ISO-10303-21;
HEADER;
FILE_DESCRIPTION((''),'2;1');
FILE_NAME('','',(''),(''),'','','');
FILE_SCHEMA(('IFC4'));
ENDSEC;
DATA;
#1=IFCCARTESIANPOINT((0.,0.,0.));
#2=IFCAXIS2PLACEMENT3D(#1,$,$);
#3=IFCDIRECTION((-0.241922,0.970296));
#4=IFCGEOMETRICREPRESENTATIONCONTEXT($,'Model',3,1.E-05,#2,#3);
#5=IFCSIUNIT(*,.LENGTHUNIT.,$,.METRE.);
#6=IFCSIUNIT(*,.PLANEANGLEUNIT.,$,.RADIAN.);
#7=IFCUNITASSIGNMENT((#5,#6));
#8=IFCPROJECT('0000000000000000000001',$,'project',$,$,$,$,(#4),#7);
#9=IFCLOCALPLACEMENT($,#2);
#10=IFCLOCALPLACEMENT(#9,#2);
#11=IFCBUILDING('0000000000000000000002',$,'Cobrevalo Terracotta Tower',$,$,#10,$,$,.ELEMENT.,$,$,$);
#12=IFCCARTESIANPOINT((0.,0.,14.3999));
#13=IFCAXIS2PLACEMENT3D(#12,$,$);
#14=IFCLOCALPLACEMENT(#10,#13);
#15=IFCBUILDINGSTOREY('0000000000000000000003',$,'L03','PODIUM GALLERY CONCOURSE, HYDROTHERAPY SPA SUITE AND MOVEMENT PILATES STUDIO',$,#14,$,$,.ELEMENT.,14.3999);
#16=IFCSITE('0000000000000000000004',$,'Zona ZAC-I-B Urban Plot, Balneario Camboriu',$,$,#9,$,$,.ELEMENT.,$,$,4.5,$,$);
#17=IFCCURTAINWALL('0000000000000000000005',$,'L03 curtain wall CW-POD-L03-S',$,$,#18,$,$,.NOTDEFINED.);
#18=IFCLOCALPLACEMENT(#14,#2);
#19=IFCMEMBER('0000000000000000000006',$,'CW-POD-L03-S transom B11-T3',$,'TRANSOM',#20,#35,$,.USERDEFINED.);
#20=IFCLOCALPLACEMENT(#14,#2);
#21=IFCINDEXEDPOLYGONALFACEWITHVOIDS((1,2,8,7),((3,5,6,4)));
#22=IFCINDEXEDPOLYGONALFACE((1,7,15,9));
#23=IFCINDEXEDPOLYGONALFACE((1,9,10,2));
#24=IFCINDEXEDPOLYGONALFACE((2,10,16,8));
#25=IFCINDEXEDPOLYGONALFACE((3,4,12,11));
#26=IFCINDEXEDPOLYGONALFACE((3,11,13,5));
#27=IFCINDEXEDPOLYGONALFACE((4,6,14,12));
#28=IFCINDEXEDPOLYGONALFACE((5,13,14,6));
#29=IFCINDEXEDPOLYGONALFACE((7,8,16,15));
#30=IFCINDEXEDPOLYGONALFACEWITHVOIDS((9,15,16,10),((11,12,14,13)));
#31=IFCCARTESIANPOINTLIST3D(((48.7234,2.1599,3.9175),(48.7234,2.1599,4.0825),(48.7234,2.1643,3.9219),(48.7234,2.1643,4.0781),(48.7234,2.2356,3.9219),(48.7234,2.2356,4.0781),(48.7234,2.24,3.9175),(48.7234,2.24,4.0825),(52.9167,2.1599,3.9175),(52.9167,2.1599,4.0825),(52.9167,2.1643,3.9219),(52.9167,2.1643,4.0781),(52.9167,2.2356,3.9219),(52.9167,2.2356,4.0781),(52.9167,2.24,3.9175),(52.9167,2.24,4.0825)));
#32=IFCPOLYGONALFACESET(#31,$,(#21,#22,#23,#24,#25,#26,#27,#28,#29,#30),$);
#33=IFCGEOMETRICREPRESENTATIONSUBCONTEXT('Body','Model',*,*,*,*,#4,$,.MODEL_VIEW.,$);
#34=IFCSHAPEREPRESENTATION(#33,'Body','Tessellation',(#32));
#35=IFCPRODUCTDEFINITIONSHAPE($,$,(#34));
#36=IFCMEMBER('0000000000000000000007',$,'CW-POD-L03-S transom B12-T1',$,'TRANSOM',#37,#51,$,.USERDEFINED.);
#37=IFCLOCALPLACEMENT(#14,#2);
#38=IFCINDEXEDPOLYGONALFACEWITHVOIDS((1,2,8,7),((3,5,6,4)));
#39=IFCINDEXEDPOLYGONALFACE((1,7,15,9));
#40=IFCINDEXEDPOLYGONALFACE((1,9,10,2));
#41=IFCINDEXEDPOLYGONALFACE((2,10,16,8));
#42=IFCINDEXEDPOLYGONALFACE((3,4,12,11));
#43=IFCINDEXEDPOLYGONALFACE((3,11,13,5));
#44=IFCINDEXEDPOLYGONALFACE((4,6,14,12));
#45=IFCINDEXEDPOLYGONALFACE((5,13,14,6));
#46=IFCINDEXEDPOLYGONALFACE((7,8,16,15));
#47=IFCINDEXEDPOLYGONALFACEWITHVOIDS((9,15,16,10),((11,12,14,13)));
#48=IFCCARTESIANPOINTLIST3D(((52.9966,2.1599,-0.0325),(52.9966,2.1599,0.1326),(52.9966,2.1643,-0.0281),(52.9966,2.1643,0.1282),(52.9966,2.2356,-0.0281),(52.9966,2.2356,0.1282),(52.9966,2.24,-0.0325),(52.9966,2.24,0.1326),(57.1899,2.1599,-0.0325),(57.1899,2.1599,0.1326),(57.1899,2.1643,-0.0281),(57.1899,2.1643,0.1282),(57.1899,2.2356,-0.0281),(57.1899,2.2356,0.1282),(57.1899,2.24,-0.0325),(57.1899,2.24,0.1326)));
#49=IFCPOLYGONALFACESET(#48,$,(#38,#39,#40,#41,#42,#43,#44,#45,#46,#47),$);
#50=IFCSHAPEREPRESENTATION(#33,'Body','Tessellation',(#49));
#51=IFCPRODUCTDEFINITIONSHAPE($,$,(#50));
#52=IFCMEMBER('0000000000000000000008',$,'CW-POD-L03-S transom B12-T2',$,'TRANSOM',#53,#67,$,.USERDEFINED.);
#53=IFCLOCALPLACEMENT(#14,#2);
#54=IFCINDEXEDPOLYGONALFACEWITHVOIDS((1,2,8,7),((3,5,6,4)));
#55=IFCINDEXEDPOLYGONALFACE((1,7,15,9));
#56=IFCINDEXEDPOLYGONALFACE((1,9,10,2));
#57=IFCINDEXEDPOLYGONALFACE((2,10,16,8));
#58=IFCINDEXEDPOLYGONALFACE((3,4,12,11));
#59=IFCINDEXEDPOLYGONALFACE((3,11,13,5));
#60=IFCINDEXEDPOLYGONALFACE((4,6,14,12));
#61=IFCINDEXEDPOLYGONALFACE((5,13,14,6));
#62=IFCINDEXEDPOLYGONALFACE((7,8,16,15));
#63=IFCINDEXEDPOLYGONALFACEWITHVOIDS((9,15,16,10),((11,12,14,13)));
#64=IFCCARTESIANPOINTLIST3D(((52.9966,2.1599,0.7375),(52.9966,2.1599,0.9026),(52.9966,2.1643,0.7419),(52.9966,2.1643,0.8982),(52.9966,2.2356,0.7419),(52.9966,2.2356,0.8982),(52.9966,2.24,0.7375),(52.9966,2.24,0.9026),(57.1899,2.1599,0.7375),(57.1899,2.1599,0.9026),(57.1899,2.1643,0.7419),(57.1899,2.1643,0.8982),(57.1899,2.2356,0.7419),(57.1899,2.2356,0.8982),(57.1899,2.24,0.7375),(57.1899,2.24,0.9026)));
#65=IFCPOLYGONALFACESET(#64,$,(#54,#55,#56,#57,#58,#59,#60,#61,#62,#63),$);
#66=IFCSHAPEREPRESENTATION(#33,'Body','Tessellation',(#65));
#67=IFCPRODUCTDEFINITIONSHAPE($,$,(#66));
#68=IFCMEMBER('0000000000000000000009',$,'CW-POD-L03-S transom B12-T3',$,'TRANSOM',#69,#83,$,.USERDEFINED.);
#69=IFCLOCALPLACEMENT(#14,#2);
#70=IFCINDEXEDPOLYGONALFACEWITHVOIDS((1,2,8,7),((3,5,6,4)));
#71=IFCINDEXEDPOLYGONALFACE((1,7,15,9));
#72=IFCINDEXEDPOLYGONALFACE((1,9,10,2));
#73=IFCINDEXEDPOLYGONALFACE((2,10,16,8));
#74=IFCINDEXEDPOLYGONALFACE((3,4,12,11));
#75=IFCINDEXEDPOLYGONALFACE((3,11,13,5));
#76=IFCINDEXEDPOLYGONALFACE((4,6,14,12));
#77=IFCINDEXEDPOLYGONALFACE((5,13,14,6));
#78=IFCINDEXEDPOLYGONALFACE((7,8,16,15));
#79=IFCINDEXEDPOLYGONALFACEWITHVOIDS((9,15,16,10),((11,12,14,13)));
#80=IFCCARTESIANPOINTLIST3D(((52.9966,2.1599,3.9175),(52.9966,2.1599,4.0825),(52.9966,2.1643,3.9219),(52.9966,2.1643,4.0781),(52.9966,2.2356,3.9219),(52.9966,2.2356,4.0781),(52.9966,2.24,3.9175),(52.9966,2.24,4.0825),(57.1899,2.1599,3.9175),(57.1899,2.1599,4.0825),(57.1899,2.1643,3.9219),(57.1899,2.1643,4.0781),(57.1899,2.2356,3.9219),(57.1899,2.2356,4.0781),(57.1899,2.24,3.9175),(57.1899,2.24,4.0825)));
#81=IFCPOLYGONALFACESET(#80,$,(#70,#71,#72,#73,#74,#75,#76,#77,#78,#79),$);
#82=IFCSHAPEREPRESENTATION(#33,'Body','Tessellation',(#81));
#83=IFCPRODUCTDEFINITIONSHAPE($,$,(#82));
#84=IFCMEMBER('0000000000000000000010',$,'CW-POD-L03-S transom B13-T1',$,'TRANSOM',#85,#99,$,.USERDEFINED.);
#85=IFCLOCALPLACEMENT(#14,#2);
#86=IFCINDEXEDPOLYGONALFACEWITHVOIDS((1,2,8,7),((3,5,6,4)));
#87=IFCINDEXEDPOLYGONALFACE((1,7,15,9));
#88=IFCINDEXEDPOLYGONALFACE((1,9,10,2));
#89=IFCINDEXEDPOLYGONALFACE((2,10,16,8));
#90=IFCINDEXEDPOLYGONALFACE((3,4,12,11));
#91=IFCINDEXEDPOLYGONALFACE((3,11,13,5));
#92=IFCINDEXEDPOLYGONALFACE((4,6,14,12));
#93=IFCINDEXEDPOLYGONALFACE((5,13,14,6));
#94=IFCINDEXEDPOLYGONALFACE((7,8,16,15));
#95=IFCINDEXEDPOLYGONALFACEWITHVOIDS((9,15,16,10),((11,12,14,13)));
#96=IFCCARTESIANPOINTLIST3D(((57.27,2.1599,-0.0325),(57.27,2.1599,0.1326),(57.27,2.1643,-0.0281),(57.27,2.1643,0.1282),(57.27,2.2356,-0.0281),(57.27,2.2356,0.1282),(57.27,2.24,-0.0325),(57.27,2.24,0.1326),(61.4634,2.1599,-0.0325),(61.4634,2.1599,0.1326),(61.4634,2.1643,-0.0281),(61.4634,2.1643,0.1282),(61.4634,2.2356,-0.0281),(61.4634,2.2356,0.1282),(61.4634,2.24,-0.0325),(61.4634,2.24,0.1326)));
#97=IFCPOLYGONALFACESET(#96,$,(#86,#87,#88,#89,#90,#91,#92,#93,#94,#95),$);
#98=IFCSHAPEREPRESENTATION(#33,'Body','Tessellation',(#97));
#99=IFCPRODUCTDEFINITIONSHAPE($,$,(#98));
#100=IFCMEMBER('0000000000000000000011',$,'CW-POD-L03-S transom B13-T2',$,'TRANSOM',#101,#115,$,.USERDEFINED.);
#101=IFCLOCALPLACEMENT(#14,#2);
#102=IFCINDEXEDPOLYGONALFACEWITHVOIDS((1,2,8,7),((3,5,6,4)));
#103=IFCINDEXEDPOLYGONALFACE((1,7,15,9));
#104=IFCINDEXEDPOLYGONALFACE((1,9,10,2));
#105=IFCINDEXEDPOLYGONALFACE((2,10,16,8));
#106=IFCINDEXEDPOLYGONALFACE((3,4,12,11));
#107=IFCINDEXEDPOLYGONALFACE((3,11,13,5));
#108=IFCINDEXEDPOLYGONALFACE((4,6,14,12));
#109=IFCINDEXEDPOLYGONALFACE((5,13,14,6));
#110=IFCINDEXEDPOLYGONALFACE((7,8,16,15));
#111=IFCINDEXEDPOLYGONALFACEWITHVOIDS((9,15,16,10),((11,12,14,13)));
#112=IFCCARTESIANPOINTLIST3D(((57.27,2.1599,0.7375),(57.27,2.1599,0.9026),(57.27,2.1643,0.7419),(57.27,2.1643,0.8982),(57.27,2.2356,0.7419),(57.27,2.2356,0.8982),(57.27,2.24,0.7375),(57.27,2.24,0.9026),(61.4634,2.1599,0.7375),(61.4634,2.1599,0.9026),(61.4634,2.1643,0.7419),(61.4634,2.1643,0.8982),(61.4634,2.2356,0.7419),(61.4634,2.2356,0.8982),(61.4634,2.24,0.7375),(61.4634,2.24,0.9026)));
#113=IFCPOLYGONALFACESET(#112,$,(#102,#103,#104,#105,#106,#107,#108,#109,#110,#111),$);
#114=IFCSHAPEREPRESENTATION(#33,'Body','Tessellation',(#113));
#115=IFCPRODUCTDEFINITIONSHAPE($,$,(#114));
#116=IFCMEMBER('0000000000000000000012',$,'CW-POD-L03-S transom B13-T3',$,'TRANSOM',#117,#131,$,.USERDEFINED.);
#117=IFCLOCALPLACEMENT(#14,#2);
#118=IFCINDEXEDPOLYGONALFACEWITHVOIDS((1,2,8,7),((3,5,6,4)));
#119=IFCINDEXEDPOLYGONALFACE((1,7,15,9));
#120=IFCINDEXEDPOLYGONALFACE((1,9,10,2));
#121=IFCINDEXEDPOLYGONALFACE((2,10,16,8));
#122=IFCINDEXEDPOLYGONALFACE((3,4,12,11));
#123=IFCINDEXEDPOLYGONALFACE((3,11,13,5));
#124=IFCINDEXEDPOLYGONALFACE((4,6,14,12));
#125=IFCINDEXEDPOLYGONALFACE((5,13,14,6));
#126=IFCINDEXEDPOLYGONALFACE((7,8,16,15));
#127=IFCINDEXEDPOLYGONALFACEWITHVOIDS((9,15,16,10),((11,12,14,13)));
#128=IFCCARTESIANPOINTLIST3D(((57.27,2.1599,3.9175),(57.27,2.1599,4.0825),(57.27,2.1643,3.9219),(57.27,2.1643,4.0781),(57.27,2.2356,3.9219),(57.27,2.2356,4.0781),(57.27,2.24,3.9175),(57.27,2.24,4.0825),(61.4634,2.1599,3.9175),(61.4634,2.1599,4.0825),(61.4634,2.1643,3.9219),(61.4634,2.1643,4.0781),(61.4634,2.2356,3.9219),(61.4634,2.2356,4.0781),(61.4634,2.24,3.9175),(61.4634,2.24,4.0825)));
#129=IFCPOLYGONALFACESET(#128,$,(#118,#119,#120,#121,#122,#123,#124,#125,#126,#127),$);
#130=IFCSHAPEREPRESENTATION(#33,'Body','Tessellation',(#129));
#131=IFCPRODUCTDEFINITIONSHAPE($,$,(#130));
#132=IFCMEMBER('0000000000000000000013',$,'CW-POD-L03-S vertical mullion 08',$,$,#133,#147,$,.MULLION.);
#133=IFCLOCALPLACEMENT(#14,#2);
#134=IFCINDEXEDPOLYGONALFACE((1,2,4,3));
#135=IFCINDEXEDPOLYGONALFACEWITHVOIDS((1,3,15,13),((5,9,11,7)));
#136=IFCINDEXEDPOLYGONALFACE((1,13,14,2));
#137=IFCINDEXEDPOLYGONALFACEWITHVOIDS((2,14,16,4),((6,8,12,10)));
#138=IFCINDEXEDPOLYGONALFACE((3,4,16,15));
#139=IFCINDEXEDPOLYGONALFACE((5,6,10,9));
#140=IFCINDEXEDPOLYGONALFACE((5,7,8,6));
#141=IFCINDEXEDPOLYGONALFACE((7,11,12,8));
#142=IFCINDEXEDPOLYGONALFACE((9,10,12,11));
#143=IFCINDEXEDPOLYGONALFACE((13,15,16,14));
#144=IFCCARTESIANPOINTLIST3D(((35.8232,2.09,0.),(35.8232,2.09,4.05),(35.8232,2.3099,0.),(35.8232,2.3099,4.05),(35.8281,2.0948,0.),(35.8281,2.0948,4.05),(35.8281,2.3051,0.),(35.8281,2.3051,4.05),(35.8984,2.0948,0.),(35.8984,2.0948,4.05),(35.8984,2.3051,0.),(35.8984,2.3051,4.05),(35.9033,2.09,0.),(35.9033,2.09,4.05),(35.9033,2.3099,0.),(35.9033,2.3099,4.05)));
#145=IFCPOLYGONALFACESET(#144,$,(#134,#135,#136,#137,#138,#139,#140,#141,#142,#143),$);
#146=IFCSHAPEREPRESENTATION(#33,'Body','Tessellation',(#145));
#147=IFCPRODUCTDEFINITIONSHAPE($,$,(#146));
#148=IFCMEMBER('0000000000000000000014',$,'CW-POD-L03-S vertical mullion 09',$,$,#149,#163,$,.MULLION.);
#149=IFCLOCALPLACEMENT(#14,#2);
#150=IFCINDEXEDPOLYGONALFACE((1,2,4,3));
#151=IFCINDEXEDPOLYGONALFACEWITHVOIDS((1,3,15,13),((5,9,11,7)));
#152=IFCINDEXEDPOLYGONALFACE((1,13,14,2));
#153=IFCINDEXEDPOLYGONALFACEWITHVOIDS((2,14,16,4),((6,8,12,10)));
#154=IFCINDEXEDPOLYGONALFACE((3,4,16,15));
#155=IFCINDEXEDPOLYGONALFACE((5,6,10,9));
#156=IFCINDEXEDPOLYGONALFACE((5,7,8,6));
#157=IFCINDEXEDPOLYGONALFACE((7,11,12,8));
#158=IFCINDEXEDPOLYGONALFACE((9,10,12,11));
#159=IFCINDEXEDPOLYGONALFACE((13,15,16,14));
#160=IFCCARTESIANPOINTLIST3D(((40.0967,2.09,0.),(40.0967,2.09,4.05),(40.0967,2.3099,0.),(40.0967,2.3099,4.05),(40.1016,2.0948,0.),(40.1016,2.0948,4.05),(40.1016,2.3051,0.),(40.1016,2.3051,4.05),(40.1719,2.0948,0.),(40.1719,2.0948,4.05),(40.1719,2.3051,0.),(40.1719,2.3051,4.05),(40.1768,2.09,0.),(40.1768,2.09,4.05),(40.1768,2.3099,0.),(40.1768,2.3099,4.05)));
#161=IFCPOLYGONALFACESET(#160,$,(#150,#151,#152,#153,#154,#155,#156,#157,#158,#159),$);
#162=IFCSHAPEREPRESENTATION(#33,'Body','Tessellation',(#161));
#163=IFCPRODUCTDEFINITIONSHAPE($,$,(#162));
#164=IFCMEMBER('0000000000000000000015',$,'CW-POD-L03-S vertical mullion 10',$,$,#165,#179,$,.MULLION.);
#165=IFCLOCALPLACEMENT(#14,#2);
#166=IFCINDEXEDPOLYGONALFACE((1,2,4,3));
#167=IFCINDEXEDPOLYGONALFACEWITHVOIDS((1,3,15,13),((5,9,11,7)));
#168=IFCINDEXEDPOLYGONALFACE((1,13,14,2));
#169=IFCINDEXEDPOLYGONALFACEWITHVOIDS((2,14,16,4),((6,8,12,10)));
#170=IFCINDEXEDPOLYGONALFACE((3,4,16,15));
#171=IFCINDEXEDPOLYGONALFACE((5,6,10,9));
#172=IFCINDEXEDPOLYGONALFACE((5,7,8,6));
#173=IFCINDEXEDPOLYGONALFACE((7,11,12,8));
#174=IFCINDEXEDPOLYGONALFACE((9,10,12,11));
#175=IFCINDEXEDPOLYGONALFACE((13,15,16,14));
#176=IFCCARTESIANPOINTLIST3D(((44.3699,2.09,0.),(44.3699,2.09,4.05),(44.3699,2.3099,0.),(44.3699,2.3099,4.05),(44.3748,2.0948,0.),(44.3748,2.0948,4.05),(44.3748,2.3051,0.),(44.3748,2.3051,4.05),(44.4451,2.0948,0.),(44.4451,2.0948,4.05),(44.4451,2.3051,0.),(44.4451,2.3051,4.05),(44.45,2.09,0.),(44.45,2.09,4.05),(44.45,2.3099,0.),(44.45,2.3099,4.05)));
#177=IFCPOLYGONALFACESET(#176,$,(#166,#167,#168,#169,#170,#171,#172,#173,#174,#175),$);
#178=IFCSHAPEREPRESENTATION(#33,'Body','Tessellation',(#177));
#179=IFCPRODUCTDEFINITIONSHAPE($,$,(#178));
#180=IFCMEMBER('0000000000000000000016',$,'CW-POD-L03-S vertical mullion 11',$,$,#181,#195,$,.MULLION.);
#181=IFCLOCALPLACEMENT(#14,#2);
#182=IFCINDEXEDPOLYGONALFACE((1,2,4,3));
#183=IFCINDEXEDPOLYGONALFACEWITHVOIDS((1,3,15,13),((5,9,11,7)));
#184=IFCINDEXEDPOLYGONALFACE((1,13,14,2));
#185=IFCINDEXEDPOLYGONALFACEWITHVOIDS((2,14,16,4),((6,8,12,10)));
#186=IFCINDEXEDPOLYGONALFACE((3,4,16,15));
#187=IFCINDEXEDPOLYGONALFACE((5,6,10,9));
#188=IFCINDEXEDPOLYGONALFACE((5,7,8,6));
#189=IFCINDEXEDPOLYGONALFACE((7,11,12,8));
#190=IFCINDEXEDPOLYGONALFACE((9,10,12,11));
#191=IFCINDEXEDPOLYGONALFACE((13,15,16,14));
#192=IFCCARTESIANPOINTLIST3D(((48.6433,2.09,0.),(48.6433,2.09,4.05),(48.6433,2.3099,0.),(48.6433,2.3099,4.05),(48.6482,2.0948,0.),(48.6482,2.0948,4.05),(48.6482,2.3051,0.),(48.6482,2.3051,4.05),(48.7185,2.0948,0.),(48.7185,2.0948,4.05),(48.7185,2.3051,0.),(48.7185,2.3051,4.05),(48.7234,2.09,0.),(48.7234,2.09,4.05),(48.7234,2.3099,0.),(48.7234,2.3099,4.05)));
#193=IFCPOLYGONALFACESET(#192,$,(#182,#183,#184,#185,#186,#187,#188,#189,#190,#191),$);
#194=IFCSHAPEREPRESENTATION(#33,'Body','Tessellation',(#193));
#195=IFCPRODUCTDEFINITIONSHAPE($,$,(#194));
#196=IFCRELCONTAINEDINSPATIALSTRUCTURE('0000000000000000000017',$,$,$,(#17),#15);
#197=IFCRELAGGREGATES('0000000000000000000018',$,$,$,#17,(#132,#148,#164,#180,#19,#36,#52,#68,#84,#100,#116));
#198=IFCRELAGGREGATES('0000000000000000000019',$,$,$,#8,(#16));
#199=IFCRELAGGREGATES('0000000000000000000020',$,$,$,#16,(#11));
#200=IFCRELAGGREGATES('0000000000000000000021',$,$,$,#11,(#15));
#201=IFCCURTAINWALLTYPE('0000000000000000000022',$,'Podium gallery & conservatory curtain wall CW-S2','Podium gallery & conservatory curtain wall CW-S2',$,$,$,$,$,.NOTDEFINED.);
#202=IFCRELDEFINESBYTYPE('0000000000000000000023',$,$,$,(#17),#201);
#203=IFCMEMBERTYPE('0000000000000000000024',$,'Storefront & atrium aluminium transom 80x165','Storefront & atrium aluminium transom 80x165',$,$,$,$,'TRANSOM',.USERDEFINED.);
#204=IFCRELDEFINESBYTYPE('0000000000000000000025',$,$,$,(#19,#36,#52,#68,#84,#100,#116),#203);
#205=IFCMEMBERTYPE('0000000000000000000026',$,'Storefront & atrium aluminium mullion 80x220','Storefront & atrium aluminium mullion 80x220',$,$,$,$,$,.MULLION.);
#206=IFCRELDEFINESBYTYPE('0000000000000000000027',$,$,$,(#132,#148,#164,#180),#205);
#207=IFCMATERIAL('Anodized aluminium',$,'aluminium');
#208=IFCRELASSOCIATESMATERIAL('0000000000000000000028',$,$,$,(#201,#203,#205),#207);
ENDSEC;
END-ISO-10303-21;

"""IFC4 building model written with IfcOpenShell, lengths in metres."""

from ifc_helpers import new_model, si_unit, direction, frame, origin, origin_2d, place, context, subcontext, project, spatial, hollow_rectangle, extrude, source, transform, mapped, material, material_profile, profile_set, type_object, element, aggregate, save


model = new_model("IFC4")

# Units and contexts
model_context = context("Model", 3, precision=1e-05, world=origin(), true_north=direction((-0.241922, 0.970296)))
body_context = subcontext(model_context, "Body", "Model", "MODEL_VIEW")
ifc_project = project(units=[si_unit("LENGTHUNIT", "METRE"), si_unit("PLANEANGLEUNIT", "RADIAN")], contexts=[model_context])

# Site, building, storey
site_placement = place(None, origin())
site = spatial("IfcSite", under=ifc_project, at=site_placement, Name="Zona ZAC-I-B Urban Plot, Balneario Camboriu", CompositionType="ELEMENT", RefElevation=4.5)
building_placement = place(site_placement, origin())
building = spatial("IfcBuilding", under=site, at=building_placement, Name="Cobrevalo Terracotta Tower", CompositionType="ELEMENT")
storey_placement = place(building_placement, frame((0.0, 0.0, 14.3999)))
storey = spatial("IfcBuildingStorey", under=building, at=storey_placement, Name="L03", Description="PODIUM GALLERY CONCOURSE, HYDROTHERAPY SPA SUITE AND MOVEMENT PILATES STUDIO", CompositionType="ELEMENT", Elevation=14.3999)

# Curtain wall, members
ifc_material_1 = material(Name="Anodized aluminium", Category="aluminium")
curtain_wall_type = type_object("IfcCurtainWallType", Name="Podium gallery & conservatory curtain wall CW-S2", Description="Podium gallery & conservatory curtain wall CW-S2", PredefinedType="NOTDEFINED", material=ifc_material_1)
curtain_wall_placement = place(storey_placement, origin())
curtain_wall = element("IfcCurtainWall", 1, at=curtain_wall_placement, inside=storey, type_object=curtain_wall_type, Name="L03 curtain wall CW-POD-L03-S", PredefinedType="NOTDEFINED")
ifc_material_profile_1 = material_profile(ifc_material_1, hollow_rectangle(XDim=0.0801, YDim=0.165, WallThickness=0.0044, at=origin_2d()), Name="CWT 80x165")
ifc_profile_set_1 = profile_set([ifc_material_profile_1], Name="Anodized aluminium")
member_type_1 = type_object("IfcMemberType", Name="Storefront & atrium aluminium transom 80x165", Description="Storefront & atrium aluminium transom 80x165", ElementType="TRANSOM", PredefinedType="USERDEFINED", material=ifc_profile_set_1)
shared_shape_1 = source(origin(), body_context, "Body", "SweptSolid", [
    extrude(hollow_rectangle(XDim=0.0801, YDim=0.165, WallThickness=0.0044, at=origin_2d()), origin(), (0.0, 0.0, 1.0), 4.1934),
])
member_1_placement = place(storey_placement, frame((48.7234, 2.2, 4.0), z_axis=(1.0, 0.0, 0.0), x_axis=(0.0, 1.0, 0.0)))
member_1 = element("IfcMember", 2, at=member_1_placement, type_object=member_type_1, Name="CW-POD-L03-S transom B11-T3", ObjectType="TRANSOM", PredefinedType="USERDEFINED", context=body_context, shape_type="MappedRepresentation", body=[
    mapped(shared_shape_1, transform((0.0, 0.0, 0.0), scale=1.0)),
])
member_2_placement = place(storey_placement, frame((52.9966, 2.2, 0.05), z_axis=(1.0, 0.0, 0.0), x_axis=(0.0, 1.0, 0.0)))
member_2 = element("IfcMember", 3, at=member_2_placement, type_object=member_type_1, Name="CW-POD-L03-S transom B12-T1", ObjectType="TRANSOM", PredefinedType="USERDEFINED", context=body_context, shape_type="MappedRepresentation", body=[
    mapped(shared_shape_1, transform((0.0, 0.0, 0.0), scale=1.0)),
])
member_3_placement = place(storey_placement, frame((52.9966, 2.2, 0.8201), z_axis=(1.0, 0.0, 0.0), x_axis=(0.0, 1.0, 0.0)))
member_3 = element("IfcMember", 4, at=member_3_placement, type_object=member_type_1, Name="CW-POD-L03-S transom B12-T2", ObjectType="TRANSOM", PredefinedType="USERDEFINED", context=body_context, shape_type="MappedRepresentation", body=[
    mapped(shared_shape_1, transform((0.0, 0.0, 0.0), scale=1.0)),
])
member_4_placement = place(storey_placement, frame((52.9966, 2.2, 4.0), z_axis=(1.0, 0.0, 0.0), x_axis=(0.0, 1.0, 0.0)))
member_4 = element("IfcMember", 5, at=member_4_placement, type_object=member_type_1, Name="CW-POD-L03-S transom B12-T3", ObjectType="TRANSOM", PredefinedType="USERDEFINED", context=body_context, shape_type="MappedRepresentation", body=[
    mapped(shared_shape_1, transform((0.0, 0.0, 0.0), scale=1.0)),
])
member_5_placement = place(storey_placement, frame((57.27, 2.2, 0.05), z_axis=(1.0, 0.0, 0.0), x_axis=(0.0, 1.0, 0.0)))
member_5 = element("IfcMember", 6, at=member_5_placement, type_object=member_type_1, Name="CW-POD-L03-S transom B13-T1", ObjectType="TRANSOM", PredefinedType="USERDEFINED", context=body_context, shape_type="MappedRepresentation", body=[
    mapped(shared_shape_1, transform((0.0, 0.0, 0.0), scale=1.0)),
])
member_6_placement = place(storey_placement, frame((57.27, 2.2, 0.8201), z_axis=(1.0, 0.0, 0.0), x_axis=(0.0, 1.0, 0.0)))
member_6 = element("IfcMember", 7, at=member_6_placement, type_object=member_type_1, Name="CW-POD-L03-S transom B13-T2", ObjectType="TRANSOM", PredefinedType="USERDEFINED", context=body_context, shape_type="MappedRepresentation", body=[
    mapped(shared_shape_1, transform((0.0, 0.0, 0.0), scale=1.0)),
])
member_7_placement = place(storey_placement, frame((57.27, 2.2, 4.0), z_axis=(1.0, 0.0, 0.0), x_axis=(0.0, 1.0, 0.0)))
member_7 = element("IfcMember", 8, at=member_7_placement, type_object=member_type_1, Name="CW-POD-L03-S transom B13-T3", ObjectType="TRANSOM", PredefinedType="USERDEFINED", context=body_context, shape_type="MappedRepresentation", body=[
    mapped(shared_shape_1, transform((0.0, 0.0, 0.0), scale=1.0)),
])
ifc_material_profile_2 = material_profile(ifc_material_1, hollow_rectangle(XDim=0.0801, YDim=0.22, WallThickness=0.0049, at=origin_2d()), Name="CWM 80x220")
ifc_profile_set_2 = profile_set([ifc_material_profile_2], Name="Anodized aluminium")
member_type_2 = type_object("IfcMemberType", Name="Storefront & atrium aluminium mullion 80x220", Description="Storefront & atrium aluminium mullion 80x220", PredefinedType="MULLION", material=ifc_profile_set_2)
shared_shape_2 = source(origin(), body_context, "Body", "SweptSolid", [
    extrude(hollow_rectangle(XDim=0.0801, YDim=0.22, WallThickness=0.0049, at=origin_2d()), origin(), (0.0, 0.0, 1.0), 4.05),
])
member_8_placement = place(storey_placement, frame((35.8633, 2.2, 0.0), z_axis=(0.0, 0.0, 1.0), x_axis=(1.0, 0.0, 0.0)))
member_8 = element("IfcMember", 9, at=member_8_placement, type_object=member_type_2, Name="CW-POD-L03-S vertical mullion 08", PredefinedType="MULLION", context=body_context, shape_type="MappedRepresentation", body=[
    mapped(shared_shape_2, transform((0.0, 0.0, 0.0), scale=1.0)),
])
member_9_placement = place(storey_placement, frame((40.1367, 2.2, 0.0), z_axis=(0.0, 0.0, 1.0), x_axis=(1.0, 0.0, 0.0)))
member_9 = element("IfcMember", 10, at=member_9_placement, type_object=member_type_2, Name="CW-POD-L03-S vertical mullion 09", PredefinedType="MULLION", context=body_context, shape_type="MappedRepresentation", body=[
    mapped(shared_shape_2, transform((0.0, 0.0, 0.0), scale=1.0)),
])
member_10_placement = place(storey_placement, frame((44.4099, 2.2, 0.0), z_axis=(0.0, 0.0, 1.0), x_axis=(1.0, 0.0, 0.0)))
member_10 = element("IfcMember", 11, at=member_10_placement, type_object=member_type_2, Name="CW-POD-L03-S vertical mullion 10", PredefinedType="MULLION", context=body_context, shape_type="MappedRepresentation", body=[
    mapped(shared_shape_2, transform((0.0, 0.0, 0.0), scale=1.0)),
])
member_11_placement = place(storey_placement, frame((48.6833, 2.2, 0.0), z_axis=(0.0, 0.0, 1.0), x_axis=(1.0, 0.0, 0.0)))
member_11 = element("IfcMember", 12, at=member_11_placement, type_object=member_type_2, Name="CW-POD-L03-S vertical mullion 11", PredefinedType="MULLION", context=body_context, shape_type="MappedRepresentation", body=[
    mapped(shared_shape_2, transform((0.0, 0.0, 0.0), scale=1.0)),
])
aggregate(curtain_wall, [member_8, member_9, member_10, member_11, member_1, member_2, member_3, member_4, member_5, member_6, member_7])

save(model, "model.ifc")
